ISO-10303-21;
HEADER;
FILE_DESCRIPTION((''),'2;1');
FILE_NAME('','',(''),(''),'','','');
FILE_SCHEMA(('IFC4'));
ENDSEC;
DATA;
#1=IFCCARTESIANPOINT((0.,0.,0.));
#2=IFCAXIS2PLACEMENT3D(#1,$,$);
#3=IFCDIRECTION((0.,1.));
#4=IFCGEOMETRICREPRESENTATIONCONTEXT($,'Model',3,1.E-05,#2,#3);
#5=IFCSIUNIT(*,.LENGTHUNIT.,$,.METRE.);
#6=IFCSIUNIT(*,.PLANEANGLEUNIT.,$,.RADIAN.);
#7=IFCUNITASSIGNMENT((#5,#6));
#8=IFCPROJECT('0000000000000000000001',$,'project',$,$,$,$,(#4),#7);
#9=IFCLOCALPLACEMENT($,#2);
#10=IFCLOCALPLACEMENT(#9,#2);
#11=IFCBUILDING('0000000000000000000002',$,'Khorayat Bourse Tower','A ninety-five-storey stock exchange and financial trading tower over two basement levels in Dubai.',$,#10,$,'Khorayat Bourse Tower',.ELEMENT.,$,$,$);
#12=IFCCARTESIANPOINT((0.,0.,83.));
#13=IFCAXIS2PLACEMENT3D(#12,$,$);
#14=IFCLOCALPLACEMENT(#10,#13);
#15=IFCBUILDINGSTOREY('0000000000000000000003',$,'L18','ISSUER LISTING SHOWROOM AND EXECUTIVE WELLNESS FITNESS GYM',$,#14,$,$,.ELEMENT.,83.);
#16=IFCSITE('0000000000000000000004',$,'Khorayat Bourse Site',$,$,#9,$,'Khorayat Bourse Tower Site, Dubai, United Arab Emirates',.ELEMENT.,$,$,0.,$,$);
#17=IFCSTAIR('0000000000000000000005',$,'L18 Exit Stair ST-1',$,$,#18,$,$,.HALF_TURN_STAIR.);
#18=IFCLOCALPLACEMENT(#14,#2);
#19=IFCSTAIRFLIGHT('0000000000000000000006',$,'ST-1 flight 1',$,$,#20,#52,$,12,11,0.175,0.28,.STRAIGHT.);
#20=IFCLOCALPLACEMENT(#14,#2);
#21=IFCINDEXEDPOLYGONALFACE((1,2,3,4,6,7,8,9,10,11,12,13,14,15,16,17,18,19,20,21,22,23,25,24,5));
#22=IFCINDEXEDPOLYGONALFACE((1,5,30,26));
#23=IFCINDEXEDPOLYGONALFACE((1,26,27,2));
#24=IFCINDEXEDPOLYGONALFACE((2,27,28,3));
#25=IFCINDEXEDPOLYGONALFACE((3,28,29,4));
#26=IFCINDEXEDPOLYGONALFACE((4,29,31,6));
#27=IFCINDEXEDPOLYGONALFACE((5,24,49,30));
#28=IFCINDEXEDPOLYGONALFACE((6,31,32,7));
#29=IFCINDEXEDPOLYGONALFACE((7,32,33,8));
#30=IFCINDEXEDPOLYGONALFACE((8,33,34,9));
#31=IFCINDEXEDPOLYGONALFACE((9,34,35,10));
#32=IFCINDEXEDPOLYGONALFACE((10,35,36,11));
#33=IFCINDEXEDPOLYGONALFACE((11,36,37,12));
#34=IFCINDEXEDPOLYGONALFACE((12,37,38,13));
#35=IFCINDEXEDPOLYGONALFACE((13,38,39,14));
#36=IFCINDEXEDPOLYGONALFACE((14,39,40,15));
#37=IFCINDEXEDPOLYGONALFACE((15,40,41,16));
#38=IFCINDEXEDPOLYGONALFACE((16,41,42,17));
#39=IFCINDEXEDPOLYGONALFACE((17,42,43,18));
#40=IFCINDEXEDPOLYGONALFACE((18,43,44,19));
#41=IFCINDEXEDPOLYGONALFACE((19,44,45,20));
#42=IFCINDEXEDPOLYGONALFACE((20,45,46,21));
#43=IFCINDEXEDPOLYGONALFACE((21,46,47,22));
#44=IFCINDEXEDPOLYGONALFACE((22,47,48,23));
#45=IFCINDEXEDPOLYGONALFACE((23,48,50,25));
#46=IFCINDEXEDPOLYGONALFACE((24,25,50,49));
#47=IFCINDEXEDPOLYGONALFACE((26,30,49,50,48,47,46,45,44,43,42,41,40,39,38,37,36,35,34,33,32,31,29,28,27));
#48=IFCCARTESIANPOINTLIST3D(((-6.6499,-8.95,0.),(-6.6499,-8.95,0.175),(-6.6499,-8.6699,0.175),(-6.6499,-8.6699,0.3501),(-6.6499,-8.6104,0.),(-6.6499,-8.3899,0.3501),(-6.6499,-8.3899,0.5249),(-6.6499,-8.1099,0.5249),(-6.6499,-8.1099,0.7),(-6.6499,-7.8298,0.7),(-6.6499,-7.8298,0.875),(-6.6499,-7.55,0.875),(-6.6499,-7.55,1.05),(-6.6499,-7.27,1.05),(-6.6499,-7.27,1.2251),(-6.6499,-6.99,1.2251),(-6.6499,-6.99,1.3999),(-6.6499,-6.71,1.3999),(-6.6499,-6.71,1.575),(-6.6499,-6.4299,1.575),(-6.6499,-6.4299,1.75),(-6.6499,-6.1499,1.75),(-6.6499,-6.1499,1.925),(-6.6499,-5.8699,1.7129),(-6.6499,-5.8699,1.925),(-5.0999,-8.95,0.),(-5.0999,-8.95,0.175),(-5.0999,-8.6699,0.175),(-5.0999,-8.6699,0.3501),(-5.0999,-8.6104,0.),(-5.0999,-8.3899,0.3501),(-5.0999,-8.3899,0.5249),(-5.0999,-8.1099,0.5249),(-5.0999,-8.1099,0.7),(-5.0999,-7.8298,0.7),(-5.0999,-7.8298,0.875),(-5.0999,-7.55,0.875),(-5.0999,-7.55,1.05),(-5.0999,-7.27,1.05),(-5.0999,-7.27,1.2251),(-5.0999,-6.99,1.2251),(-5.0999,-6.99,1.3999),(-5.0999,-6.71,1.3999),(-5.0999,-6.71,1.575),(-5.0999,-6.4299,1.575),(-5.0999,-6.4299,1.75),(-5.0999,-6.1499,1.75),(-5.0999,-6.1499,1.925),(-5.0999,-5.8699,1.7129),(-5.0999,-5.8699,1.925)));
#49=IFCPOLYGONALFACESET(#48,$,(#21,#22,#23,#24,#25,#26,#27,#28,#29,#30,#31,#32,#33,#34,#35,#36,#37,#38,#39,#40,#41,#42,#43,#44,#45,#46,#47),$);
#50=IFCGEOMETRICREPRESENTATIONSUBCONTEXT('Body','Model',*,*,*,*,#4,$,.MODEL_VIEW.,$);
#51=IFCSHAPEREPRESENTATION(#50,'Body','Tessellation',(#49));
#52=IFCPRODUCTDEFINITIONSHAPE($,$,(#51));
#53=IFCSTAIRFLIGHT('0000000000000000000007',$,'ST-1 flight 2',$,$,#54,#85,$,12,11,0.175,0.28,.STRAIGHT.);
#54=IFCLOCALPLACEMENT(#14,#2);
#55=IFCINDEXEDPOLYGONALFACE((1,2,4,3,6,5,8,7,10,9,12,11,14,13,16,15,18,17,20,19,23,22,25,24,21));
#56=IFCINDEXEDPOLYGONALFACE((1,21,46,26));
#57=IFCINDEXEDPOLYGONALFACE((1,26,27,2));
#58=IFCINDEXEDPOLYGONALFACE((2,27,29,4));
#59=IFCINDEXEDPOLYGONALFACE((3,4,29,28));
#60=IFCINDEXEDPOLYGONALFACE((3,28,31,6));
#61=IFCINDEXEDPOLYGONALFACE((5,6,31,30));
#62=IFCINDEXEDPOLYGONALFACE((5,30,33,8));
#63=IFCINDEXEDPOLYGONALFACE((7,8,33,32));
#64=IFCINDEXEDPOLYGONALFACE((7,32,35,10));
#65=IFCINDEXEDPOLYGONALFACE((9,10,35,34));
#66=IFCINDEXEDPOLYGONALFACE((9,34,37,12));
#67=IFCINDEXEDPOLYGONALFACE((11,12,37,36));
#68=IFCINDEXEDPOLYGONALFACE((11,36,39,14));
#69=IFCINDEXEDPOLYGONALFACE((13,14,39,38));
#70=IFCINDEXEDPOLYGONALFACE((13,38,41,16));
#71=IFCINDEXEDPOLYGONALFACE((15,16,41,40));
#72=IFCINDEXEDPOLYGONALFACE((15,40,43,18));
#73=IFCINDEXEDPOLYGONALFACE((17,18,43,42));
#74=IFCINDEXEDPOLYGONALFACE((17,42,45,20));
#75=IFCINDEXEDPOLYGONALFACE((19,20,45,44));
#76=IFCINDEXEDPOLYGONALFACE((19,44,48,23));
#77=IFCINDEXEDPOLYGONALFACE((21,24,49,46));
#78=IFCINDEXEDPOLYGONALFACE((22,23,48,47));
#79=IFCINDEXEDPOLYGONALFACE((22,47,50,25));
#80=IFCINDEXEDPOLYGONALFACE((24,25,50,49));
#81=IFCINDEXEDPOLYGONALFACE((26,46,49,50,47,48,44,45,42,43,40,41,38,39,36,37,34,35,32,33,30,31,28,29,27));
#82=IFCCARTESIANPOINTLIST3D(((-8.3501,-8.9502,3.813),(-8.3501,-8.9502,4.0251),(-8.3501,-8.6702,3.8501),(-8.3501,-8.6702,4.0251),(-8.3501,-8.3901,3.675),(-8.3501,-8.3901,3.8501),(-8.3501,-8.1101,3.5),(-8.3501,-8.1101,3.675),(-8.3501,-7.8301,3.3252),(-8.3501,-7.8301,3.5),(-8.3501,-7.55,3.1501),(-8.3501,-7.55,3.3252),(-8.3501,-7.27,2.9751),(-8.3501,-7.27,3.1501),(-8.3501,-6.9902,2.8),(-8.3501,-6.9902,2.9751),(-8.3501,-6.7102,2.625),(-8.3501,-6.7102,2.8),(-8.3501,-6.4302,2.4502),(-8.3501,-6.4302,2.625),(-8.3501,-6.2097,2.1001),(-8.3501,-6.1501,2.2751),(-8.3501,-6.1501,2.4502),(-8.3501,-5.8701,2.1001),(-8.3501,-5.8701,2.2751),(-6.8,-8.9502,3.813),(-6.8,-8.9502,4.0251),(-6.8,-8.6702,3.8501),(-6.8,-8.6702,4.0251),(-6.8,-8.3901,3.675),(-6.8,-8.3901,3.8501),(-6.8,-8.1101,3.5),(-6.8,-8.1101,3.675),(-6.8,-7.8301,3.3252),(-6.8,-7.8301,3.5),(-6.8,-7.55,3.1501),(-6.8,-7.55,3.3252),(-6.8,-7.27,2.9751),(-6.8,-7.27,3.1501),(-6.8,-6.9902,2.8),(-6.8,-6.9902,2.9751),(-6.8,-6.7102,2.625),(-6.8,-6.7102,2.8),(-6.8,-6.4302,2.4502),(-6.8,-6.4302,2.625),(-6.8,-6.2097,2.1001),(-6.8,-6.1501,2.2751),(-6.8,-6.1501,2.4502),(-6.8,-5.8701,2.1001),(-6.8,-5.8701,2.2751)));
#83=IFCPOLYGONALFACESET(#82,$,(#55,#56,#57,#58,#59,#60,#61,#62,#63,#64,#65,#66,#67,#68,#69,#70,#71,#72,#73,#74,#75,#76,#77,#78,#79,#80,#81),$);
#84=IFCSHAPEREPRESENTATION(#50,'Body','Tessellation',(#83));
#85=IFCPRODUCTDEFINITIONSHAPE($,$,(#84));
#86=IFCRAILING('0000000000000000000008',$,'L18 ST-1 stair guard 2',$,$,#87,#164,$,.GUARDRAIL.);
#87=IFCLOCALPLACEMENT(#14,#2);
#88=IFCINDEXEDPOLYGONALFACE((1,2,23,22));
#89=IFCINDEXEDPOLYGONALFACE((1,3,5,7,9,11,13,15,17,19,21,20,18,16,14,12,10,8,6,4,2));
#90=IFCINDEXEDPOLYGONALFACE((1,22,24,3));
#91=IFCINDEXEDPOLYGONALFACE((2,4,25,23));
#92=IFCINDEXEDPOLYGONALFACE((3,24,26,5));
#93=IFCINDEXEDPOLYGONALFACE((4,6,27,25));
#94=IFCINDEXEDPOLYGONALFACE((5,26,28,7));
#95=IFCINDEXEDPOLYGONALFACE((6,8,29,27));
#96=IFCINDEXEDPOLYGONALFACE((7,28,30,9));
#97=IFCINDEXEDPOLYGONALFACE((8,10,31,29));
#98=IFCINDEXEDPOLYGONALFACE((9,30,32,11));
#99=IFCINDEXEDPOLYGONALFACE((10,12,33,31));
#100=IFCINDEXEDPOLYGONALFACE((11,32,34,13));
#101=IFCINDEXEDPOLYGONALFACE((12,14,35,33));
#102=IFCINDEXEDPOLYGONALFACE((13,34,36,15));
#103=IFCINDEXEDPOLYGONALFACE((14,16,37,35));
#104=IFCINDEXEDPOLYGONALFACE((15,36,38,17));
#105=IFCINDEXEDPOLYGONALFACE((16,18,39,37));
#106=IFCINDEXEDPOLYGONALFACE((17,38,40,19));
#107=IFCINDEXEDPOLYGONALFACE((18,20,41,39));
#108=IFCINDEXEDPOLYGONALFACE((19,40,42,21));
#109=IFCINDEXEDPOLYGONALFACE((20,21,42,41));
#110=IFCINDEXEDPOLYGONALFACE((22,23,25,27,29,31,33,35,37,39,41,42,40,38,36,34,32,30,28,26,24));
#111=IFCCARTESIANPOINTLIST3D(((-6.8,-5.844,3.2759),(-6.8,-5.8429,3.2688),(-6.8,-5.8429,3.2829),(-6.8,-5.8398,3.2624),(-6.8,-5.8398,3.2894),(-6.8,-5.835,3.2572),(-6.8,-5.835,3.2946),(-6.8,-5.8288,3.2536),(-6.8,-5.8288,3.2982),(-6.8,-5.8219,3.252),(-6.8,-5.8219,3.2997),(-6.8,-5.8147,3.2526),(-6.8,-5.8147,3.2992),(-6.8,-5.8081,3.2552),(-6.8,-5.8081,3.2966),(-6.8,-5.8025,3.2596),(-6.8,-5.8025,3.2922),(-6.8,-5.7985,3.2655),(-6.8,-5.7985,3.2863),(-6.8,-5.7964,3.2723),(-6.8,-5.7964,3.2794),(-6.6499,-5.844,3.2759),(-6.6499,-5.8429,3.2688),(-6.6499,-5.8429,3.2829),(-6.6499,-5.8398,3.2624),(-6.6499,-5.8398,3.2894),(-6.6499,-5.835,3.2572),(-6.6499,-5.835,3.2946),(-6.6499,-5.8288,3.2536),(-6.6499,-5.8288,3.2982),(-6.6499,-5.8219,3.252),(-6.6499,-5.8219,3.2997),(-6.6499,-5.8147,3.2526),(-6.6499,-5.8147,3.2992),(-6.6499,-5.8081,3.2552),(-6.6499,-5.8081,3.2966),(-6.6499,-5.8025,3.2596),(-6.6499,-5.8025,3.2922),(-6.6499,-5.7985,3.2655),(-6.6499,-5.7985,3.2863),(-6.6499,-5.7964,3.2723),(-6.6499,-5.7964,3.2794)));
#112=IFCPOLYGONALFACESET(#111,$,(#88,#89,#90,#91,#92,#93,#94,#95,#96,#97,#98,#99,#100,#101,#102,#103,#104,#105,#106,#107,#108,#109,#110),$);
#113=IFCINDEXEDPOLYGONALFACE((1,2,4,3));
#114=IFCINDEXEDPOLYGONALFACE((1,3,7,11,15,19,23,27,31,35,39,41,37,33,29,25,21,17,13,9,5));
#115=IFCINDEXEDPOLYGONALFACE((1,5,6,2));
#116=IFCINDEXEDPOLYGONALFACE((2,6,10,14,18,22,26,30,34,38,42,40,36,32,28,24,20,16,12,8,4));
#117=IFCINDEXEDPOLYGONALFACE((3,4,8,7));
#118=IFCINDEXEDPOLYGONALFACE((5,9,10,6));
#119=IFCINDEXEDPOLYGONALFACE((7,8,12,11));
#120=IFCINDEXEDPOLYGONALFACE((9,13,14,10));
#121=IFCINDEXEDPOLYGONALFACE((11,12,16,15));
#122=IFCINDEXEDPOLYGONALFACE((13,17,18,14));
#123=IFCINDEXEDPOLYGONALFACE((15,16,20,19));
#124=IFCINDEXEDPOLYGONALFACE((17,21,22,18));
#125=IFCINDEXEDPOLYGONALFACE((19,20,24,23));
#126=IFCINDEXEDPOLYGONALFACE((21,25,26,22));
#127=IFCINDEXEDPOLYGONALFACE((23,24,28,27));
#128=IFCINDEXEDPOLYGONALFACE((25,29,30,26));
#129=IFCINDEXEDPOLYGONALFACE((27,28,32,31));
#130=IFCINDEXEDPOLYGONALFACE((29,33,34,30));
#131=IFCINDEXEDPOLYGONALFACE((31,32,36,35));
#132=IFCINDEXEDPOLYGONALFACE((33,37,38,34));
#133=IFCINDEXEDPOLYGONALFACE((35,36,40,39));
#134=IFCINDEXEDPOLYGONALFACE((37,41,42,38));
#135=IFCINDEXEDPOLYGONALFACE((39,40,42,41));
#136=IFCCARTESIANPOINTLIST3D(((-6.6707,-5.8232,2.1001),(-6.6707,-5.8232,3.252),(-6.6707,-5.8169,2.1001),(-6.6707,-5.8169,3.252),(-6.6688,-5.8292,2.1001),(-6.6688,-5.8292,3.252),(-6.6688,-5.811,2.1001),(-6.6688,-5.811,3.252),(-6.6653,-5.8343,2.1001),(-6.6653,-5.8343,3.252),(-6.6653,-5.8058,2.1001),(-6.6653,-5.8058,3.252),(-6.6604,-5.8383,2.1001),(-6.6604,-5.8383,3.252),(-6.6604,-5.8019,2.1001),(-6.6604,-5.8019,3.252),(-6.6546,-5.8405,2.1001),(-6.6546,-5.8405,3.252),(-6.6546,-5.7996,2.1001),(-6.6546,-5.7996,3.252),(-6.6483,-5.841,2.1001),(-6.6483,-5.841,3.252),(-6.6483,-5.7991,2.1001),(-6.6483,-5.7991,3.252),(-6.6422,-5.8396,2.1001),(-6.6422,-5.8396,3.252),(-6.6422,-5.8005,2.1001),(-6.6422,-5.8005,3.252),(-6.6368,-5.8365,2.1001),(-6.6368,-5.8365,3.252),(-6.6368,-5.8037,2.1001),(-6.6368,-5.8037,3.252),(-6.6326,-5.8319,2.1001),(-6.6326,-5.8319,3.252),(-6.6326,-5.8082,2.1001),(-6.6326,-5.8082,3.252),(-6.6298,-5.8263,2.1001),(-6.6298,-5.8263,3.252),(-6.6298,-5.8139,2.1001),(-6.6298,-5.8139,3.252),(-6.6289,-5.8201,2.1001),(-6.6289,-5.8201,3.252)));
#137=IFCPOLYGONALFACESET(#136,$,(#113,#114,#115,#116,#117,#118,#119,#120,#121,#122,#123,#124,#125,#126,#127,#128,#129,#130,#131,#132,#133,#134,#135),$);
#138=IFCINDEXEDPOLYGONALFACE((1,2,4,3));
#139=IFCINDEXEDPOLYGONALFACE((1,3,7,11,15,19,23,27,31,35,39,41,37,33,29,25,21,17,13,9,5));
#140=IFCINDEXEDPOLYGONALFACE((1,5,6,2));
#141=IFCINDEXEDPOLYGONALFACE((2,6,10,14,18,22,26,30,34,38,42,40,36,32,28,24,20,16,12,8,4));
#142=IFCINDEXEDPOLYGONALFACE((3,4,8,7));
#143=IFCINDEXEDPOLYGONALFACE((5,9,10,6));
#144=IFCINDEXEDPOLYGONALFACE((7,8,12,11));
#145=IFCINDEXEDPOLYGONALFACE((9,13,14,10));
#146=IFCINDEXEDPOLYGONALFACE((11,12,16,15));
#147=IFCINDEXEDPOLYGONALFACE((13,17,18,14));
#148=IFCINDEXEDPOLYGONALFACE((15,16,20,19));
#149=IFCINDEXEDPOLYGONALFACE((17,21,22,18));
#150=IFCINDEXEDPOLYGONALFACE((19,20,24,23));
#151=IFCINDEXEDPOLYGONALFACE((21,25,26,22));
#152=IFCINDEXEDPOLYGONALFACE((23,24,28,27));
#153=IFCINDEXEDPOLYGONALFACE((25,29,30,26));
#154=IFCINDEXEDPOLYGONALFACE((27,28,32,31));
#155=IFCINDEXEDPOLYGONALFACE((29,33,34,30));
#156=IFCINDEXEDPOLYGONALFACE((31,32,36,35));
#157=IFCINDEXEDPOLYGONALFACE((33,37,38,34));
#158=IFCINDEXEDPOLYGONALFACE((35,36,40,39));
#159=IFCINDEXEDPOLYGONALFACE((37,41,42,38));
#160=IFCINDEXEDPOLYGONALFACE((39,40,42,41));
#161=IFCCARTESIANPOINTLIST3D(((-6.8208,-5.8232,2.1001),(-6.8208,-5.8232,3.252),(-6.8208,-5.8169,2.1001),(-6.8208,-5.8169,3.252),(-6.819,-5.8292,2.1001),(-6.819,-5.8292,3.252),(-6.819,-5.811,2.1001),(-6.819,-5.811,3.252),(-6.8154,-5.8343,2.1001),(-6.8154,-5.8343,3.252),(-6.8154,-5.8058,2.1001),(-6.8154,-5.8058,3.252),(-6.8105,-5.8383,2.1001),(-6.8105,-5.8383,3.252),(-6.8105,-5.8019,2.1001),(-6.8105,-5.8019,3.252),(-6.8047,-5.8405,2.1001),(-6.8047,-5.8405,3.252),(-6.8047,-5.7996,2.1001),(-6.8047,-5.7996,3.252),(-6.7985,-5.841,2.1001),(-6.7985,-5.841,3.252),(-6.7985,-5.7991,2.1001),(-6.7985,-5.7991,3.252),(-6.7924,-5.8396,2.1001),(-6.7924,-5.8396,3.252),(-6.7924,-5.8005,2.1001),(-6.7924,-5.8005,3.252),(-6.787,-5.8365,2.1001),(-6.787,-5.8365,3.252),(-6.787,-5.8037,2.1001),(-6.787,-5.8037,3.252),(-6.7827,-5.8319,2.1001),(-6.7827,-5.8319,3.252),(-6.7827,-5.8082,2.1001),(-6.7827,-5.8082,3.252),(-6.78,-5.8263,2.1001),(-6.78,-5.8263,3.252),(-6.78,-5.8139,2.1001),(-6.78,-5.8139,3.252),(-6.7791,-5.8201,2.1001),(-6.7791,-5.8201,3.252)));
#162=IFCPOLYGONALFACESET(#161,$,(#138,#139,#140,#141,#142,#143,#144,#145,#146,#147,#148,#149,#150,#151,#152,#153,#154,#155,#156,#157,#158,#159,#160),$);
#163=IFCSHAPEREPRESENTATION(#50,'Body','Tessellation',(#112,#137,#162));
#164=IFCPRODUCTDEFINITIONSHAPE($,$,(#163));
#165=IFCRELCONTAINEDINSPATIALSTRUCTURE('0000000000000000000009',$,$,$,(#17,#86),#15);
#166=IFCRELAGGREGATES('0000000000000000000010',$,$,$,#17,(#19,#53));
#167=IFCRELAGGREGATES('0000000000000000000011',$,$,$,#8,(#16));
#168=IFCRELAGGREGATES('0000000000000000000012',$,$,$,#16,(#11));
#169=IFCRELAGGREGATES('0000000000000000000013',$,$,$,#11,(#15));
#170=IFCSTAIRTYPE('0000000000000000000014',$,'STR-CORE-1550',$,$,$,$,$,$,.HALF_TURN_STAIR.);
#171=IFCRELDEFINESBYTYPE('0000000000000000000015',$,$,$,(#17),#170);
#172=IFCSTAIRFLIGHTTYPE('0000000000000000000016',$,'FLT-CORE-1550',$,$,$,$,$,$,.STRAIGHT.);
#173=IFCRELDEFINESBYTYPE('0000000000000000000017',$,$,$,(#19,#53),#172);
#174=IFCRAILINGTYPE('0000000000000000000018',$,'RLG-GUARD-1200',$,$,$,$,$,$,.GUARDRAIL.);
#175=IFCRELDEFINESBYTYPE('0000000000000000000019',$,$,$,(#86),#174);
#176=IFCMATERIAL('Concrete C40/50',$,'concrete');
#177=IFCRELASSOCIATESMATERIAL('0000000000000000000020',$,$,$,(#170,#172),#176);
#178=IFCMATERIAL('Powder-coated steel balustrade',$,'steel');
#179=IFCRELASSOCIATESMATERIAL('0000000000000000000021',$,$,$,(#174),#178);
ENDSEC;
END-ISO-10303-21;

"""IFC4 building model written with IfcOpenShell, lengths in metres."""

from ifc_helpers import new_model, si_unit, direction, frame, origin, origin_2d, place, context, subcontext, project, spatial, polyline, circle, outline, extrude, source, transform, mapped, material, type_object, element, aggregate, save


model = new_model("IFC4")

# Units and contexts
model_context = context("Model", 3, precision=1e-05, world=origin(), true_north=direction((0.0, 1.0)))
body_context = subcontext(model_context, "Body", "Model", "MODEL_VIEW")
ifc_project = project(units=[si_unit("LENGTHUNIT", "METRE"), si_unit("PLANEANGLEUNIT", "RADIAN")], contexts=[model_context])

# Site, building, storey
site_placement = place(None, origin())
site = spatial("IfcSite", under=ifc_project, at=site_placement, Name="Khorayat Bourse Site", LongName="Khorayat Bourse Tower Site, Dubai, United Arab Emirates", CompositionType="ELEMENT", RefElevation=0.0)
building_placement = place(site_placement, origin())
building = spatial("IfcBuilding", under=site, at=building_placement, Name="Khorayat Bourse Tower", Description="A ninety-five-storey stock exchange and financial trading tower over two basement levels in Dubai.", LongName="Khorayat Bourse Tower", CompositionType="ELEMENT")
storey_placement = place(building_placement, frame((0.0, 0.0, 83.0)))
storey = spatial("IfcBuildingStorey", under=building, at=storey_placement, Name="L18", Description="ISSUER LISTING SHOWROOM AND EXECUTIVE WELLNESS FITNESS GYM", CompositionType="ELEMENT", Elevation=83.0)

# Stair, stair flights
ifc_material_1 = material(Name="Concrete C40/50", Category="concrete")
stair_type = type_object("IfcStairType", Name="STR-CORE-1550", PredefinedType="HALF_TURN_STAIR", material=ifc_material_1)
stair_placement = place(storey_placement, origin())
stair = element("IfcStair", 1, at=stair_placement, inside=storey, type_object=stair_type, Name="L18 Exit Stair ST-1", PredefinedType="HALF_TURN_STAIR")
stair_flight_type = type_object("IfcStairFlightType", Name="FLT-CORE-1550", PredefinedType="STRAIGHT", material=ifc_material_1)
shared_shape_1 = source(origin(), body_context, "Body", "SweptSolid", [
    extrude(outline(polyline([(0.0, 0.0), (0.0, 0.175), (0.28, 0.175), (0.28, 0.3501), (0.5601, 0.3501), (0.5601, 0.5249), (0.8401, 0.5249), (0.8401, 0.7), (1.1201, 0.7), (1.1201, 0.875), (1.3999, 0.875), (1.3999, 1.05), (1.6799, 1.05), (1.6799, 1.2251), (1.96, 1.2251), (1.96, 1.3999), (2.24, 1.3999), (2.24, 1.575), (2.52, 1.575), (2.52, 1.75), (2.8, 1.75), (2.8, 1.925), (3.0801, 1.925), (3.0801, 2.1001), (3.0801, 1.7129), (0.3396, 0.0), (0.0, 0.0)])), frame((0.0, 0.7749, 0.0), z_axis=(0.0, -1.0, 0.0), x_axis=(1.0, 0.0, 0.0)), (0.0, 0.0, 1.0), 1.55),
])
stair_flight_1_placement = place(storey_placement, frame((-5.875, -8.95, 0.0), z_axis=(0.0, 0.0, 1.0), x_axis=(0.0, 1.0, 0.0)))
stair_flight_1 = element("IfcStairFlight", 2, at=stair_flight_1_placement, type_object=stair_flight_type, Name="ST-1 flight 1", NumberOfRisers=12, NumberOfTreads=11, PredefinedType="STRAIGHT", RiserHeight=0.175, TreadLength=0.28, context=body_context, shape_type="MappedRepresentation", body=[
    mapped(shared_shape_1, transform((0.0, 0.0, 0.0), scale=1.0)),
])
stair_flight_2_placement = place(storey_placement, frame((-7.575, -5.8701, 2.1001), z_axis=(0.0, 0.0, 1.0), x_axis=(0.0, -1.0, 0.0)))
stair_flight_2 = element("IfcStairFlight", 3, at=stair_flight_2_placement, type_object=stair_flight_type, Name="ST-1 flight 2", NumberOfRisers=12, NumberOfTreads=11, PredefinedType="STRAIGHT", RiserHeight=0.175, TreadLength=0.28, context=body_context, shape_type="MappedRepresentation", body=[
    mapped(shared_shape_1, transform((0.0, 0.0, 0.0), scale=1.0)),
])
aggregate(stair, [stair_flight_1, stair_flight_2])

# Railing
ifc_material_2 = material(Name="Powder-coated steel balustrade", Category="steel")
railing_type_1 = type_object("IfcRailingType", Name="RLG-GUARD-1200", PredefinedType="GUARDRAIL", material=ifc_material_2)
shared_shape_2 = source(origin(), body_context, "Body", "SweptSolid", [
    extrude(circle(Radius=0.0239, at=origin_2d()), frame((0.0, 0.0, 1.1758), z_axis=(-1.0, 0.0, 0.0), x_axis=(0.0, -1.0, 0.0)), (0.0, 0.0, 1.0), 0.1501),
    extrude(circle(Radius=0.021, at=origin_2d()), origin(), (0.0, 0.0, 1.0), 1.1519),
    extrude(circle(Radius=0.021, at=origin_2d()), frame((-0.1501, 0.0, 0.0)), (0.0, 0.0, 1.0), 1.1519),
])
for number, where, name in (
    (4, (-6.6499, -5.8201, 2.1001), "L18 ST-1 stair guard 2"),
):
    element("IfcRailing", number, at=place(storey_placement, frame(where)), inside=storey, type_object=railing_type_1, Name=name, PredefinedType="GUARDRAIL", context=body_context, shape_type="MappedRepresentation", body=[
        mapped(shared_shape_2, transform((0.0, 0.0, 0.0), scale=1.0)),
    ])

save(model, "model.ifc")
